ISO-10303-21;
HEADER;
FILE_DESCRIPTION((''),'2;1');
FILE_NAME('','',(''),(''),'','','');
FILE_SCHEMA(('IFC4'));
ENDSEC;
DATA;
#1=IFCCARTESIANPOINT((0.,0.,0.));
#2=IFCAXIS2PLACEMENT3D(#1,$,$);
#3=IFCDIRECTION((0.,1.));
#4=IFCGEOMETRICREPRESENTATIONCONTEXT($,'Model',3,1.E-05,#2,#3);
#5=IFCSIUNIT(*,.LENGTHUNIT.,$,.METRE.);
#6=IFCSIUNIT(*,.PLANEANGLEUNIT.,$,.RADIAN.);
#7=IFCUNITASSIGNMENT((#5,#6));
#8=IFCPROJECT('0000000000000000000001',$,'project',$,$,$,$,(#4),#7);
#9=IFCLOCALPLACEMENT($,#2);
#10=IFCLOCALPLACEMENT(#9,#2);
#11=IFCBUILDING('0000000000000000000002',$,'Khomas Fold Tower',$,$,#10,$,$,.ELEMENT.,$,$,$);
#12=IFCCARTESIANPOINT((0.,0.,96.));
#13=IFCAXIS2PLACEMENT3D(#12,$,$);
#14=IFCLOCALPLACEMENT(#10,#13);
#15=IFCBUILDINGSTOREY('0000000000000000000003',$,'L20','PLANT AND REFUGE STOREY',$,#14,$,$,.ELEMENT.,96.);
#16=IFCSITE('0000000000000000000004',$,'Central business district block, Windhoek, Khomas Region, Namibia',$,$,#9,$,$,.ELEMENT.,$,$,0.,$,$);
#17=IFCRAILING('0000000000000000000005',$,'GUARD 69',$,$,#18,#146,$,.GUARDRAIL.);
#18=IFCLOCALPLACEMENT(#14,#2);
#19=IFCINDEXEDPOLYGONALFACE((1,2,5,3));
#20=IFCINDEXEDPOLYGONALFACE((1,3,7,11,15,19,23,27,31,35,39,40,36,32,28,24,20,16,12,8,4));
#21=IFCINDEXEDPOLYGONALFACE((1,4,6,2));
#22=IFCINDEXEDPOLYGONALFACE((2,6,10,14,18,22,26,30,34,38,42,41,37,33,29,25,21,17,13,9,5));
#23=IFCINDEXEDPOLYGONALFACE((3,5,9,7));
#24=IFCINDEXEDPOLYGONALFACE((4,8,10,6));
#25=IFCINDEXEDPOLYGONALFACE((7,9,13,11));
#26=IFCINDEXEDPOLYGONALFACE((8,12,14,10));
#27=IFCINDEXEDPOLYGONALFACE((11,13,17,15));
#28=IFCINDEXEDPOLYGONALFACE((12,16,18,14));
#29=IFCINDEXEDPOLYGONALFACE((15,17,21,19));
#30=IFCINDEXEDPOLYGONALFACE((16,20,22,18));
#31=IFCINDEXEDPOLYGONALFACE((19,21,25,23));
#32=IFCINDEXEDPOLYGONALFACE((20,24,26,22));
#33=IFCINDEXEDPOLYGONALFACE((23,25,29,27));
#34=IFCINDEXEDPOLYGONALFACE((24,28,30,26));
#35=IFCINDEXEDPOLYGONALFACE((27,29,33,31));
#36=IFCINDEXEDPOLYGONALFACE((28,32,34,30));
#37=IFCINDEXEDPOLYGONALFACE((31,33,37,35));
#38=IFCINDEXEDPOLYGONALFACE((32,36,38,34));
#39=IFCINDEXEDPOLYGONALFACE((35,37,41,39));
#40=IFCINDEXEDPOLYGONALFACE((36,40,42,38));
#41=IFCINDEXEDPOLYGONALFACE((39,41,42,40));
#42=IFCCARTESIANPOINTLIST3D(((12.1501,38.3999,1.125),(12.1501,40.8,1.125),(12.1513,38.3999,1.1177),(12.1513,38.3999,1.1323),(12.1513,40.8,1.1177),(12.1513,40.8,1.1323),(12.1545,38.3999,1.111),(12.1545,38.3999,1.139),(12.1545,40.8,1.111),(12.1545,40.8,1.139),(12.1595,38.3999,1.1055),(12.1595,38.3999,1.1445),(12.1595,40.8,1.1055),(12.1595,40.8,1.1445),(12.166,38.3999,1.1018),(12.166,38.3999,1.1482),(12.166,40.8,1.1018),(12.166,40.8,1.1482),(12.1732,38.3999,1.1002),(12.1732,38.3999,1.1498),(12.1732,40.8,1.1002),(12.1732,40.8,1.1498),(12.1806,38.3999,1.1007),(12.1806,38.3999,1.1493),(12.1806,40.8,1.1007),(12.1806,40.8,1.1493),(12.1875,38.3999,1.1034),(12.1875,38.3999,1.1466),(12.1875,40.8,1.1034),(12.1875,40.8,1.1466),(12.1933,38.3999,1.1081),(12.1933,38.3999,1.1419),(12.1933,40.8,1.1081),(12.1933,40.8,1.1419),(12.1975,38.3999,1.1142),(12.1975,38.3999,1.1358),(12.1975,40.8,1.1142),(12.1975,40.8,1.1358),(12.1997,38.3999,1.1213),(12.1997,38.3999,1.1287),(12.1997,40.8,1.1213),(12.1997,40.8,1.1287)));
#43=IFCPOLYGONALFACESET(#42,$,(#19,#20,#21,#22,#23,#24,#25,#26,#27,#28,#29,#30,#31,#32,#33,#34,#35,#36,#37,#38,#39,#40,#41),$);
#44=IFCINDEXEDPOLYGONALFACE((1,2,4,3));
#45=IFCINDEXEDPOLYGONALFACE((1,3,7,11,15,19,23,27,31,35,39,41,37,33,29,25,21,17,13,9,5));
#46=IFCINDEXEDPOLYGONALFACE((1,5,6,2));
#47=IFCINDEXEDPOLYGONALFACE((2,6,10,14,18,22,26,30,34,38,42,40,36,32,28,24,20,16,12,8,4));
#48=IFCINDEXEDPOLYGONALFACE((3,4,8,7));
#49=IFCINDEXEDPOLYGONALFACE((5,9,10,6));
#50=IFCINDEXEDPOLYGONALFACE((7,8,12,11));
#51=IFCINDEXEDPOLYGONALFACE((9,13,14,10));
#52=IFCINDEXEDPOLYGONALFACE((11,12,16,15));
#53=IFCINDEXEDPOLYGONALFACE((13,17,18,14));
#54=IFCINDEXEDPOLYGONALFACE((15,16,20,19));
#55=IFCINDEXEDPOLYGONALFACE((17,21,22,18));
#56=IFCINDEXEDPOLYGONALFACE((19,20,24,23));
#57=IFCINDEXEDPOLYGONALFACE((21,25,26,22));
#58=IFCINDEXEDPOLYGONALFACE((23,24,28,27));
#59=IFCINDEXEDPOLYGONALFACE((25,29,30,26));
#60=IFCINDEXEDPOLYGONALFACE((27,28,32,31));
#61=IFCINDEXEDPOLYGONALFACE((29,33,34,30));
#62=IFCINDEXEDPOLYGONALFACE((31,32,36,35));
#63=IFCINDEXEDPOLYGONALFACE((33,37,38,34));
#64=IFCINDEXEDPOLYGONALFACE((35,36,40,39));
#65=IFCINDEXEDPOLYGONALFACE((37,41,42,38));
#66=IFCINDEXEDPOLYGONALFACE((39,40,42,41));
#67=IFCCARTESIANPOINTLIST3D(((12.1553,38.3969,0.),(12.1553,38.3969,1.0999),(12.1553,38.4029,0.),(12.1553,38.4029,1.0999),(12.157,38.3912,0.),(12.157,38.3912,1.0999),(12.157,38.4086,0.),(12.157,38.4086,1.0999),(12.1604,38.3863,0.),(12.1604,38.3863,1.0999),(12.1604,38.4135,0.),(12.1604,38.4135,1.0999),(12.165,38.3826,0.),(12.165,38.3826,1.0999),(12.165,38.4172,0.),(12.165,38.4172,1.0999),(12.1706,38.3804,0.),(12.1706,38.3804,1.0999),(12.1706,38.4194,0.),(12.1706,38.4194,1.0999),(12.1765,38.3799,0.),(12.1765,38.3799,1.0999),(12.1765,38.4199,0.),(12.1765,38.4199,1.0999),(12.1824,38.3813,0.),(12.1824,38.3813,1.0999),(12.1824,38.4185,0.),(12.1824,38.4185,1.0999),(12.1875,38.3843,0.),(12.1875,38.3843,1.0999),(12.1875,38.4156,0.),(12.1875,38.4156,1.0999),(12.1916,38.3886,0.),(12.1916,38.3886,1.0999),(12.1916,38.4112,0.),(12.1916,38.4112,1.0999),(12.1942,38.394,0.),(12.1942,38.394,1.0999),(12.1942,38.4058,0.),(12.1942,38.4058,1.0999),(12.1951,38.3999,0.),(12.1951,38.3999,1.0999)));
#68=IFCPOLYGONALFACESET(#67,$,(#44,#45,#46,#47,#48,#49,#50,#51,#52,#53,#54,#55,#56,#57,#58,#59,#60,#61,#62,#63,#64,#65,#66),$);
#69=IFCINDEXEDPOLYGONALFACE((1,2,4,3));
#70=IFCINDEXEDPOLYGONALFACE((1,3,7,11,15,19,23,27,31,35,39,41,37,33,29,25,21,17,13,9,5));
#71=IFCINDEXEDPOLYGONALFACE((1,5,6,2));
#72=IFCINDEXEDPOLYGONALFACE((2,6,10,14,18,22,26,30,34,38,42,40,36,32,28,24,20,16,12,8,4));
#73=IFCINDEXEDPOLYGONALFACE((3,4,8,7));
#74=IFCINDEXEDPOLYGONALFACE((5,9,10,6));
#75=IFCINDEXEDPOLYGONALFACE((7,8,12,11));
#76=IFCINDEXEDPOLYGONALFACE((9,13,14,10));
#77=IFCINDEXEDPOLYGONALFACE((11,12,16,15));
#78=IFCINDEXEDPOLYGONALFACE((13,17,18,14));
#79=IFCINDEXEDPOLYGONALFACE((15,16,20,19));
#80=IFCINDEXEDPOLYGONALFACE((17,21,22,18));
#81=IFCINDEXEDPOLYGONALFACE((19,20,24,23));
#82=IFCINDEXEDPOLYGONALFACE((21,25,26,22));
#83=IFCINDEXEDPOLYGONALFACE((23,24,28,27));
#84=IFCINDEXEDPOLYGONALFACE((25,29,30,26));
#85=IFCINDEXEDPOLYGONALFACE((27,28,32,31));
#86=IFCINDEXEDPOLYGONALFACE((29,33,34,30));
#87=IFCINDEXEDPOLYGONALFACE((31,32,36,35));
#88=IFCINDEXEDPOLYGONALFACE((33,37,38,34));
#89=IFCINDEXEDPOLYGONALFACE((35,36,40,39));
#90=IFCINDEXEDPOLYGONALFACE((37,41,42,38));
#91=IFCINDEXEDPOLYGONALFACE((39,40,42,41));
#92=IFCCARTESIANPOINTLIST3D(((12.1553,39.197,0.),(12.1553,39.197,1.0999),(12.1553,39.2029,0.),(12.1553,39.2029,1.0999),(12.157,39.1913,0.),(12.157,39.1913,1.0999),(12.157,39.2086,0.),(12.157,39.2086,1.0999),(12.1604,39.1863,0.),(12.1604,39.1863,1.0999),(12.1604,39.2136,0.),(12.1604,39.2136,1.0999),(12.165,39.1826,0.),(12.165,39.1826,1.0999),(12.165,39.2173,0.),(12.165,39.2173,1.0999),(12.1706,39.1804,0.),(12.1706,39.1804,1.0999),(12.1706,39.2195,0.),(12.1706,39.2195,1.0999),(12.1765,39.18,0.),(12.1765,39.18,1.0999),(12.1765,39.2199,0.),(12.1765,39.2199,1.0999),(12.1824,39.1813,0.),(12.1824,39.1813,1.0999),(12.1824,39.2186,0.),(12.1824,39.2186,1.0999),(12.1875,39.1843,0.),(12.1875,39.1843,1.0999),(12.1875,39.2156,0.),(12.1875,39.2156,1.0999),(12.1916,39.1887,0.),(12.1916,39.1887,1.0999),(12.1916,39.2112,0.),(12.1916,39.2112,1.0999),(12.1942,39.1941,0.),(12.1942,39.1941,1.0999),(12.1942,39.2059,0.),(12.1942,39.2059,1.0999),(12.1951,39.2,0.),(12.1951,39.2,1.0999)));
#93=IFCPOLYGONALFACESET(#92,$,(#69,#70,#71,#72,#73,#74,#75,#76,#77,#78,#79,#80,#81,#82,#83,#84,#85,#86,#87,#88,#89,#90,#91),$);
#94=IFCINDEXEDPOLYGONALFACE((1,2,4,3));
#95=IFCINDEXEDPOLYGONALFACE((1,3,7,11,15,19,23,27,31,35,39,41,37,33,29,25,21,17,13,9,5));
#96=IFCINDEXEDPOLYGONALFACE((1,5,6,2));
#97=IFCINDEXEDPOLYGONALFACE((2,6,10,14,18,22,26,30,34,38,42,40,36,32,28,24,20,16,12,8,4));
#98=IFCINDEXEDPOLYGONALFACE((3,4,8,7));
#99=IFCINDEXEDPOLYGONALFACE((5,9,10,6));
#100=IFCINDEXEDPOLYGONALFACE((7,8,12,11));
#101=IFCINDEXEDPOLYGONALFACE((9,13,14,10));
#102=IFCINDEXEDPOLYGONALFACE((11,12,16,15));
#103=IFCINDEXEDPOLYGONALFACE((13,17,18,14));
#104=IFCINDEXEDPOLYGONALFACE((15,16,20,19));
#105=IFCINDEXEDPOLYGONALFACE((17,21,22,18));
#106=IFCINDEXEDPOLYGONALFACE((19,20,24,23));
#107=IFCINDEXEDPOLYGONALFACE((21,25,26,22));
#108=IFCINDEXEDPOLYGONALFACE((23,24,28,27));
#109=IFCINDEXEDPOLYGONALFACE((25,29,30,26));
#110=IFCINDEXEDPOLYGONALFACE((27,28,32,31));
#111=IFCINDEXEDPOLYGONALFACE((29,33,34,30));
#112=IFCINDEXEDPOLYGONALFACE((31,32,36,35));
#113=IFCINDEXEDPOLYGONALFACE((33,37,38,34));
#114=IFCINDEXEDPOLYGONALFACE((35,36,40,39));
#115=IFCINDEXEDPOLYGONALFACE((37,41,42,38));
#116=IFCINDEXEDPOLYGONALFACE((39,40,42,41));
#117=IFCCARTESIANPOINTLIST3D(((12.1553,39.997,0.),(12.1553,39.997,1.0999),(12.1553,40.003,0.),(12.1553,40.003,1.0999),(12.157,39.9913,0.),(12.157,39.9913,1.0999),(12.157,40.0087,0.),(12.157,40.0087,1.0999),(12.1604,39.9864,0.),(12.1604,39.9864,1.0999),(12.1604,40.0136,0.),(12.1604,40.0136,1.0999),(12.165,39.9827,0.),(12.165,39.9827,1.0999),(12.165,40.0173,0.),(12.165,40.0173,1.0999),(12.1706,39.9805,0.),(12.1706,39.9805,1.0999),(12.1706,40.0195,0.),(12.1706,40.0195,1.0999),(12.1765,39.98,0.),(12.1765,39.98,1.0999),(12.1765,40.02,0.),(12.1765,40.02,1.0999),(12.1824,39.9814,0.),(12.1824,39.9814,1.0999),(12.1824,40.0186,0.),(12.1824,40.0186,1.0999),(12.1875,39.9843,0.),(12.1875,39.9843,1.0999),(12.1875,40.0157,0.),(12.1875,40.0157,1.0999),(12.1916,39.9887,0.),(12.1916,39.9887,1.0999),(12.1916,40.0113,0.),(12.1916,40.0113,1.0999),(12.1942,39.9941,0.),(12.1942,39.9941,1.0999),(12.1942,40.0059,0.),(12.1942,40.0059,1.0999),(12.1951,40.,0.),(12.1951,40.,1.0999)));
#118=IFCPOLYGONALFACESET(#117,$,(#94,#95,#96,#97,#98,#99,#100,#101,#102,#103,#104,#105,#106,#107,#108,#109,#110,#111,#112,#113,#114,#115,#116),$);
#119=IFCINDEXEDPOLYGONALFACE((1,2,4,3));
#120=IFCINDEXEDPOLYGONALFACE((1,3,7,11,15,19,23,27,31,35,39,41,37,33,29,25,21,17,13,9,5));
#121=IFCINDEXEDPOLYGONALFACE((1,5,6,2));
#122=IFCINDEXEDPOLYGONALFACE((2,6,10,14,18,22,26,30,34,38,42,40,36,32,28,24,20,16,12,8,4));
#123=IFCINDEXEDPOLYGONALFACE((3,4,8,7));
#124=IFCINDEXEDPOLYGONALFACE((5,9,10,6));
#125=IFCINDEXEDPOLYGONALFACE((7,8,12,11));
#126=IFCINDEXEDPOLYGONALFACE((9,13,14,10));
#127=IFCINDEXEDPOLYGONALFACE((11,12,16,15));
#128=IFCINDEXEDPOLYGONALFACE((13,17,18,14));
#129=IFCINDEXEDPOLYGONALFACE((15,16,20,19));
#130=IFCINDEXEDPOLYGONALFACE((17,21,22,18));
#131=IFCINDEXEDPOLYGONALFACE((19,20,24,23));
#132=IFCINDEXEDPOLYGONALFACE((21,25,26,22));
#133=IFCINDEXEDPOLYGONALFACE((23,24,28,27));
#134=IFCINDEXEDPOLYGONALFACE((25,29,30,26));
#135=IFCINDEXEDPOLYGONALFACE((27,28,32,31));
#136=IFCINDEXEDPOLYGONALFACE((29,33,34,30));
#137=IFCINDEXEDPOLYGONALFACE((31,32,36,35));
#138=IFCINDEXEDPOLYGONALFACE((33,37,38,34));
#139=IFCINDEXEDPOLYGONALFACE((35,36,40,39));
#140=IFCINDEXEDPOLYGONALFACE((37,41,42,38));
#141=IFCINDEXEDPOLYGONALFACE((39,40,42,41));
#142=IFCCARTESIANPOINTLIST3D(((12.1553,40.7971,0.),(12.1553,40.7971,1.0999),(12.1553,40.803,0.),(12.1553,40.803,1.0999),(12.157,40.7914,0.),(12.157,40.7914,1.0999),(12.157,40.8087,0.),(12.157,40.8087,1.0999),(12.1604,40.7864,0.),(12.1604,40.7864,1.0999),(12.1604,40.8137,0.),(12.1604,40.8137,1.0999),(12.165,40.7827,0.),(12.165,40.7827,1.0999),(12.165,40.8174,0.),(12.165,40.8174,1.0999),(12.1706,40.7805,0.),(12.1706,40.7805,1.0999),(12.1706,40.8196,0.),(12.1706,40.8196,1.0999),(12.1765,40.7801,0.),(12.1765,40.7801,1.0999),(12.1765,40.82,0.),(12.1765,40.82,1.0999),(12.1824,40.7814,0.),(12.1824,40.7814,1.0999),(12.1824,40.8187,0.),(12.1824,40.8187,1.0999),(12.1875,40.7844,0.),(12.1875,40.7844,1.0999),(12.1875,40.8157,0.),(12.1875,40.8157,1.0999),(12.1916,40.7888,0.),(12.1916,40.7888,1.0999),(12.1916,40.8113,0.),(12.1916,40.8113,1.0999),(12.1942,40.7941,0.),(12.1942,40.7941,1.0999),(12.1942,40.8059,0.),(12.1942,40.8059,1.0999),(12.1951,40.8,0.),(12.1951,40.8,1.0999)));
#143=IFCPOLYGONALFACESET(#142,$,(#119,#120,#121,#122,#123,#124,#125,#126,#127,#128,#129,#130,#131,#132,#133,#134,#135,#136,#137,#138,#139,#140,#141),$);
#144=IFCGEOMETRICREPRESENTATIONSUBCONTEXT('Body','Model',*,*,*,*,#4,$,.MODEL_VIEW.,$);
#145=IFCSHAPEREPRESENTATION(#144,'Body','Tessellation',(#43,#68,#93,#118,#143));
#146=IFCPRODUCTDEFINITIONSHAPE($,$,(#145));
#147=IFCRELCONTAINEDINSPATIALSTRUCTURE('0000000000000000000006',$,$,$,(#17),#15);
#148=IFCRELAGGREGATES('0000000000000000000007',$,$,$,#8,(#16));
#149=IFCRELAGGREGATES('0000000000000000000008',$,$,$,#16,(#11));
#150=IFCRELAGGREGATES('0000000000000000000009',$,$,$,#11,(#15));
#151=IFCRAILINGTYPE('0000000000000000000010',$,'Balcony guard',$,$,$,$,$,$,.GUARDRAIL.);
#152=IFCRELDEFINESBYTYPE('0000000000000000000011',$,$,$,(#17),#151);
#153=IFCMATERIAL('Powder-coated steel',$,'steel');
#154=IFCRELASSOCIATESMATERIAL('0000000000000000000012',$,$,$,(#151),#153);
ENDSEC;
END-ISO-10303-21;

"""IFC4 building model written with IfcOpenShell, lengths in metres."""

from ifc_helpers import new_model, si_unit, direction, frame, origin, origin_2d, place, context, subcontext, project, spatial, circle, extrude, source, transform, mapped, material, type_object, element, save


model = new_model("IFC4")

# Units and contexts
model_context = context("Model", 3, precision=1e-05, world=origin(), true_north=direction((0.0, 1.0)))
body_context = subcontext(model_context, "Body", "Model", "MODEL_VIEW")
ifc_project = project(units=[si_unit("LENGTHUNIT", "METRE"), si_unit("PLANEANGLEUNIT", "RADIAN")], contexts=[model_context])

# Site, building, storey
site_placement = place(None, origin())
site = spatial("IfcSite", under=ifc_project, at=site_placement, Name="Central business district block, Windhoek, Khomas Region, Namibia", CompositionType="ELEMENT", RefElevation=0.0)
building_placement = place(site_placement, origin())
building = spatial("IfcBuilding", under=site, at=building_placement, Name="Khomas Fold Tower", CompositionType="ELEMENT")
storey_placement = place(building_placement, frame((0.0, 0.0, 96.0)))
storey = spatial("IfcBuildingStorey", under=building, at=storey_placement, Name="L20", Description="PLANT AND REFUGE STOREY", CompositionType="ELEMENT", Elevation=96.0)

# Railing
ifc_material_1 = material(Name="Powder-coated steel", Category="steel")
railing_type_1 = type_object("IfcRailingType", Name="Balcony guard", PredefinedType="GUARDRAIL", material=ifc_material_1)
shared_shape_1 = source(origin(), body_context, "Body", "SweptSolid", [
    extrude(circle(Radius=0.0249, at=origin_2d()), frame((0.0, 0.0, 1.125), z_axis=(0.0, 1.0, 0.0), x_axis=(-1.0, 0.0, 0.0)), (0.0, 0.0, 1.0), 2.4001),
    extrude(circle(Radius=0.02, at=origin_2d()), origin(), (0.0, 0.0, 1.0), 1.0999),
    extrude(circle(Radius=0.02, at=origin_2d()), frame((0.0, 0.8, 0.0)), (0.0, 0.0, 1.0), 1.0999),
    extrude(circle(Radius=0.02, at=origin_2d()), frame((0.0, 1.6001, 0.0)), (0.0, 0.0, 1.0), 1.0999),
    extrude(circle(Radius=0.02, at=origin_2d()), frame((0.0, 2.4001, 0.0)), (0.0, 0.0, 1.0), 1.0999),
])
for number, where, name in (
    (1, (12.175, 38.3999, 0.0), "GUARD 69"),
):
    element("IfcRailing", number, at=place(storey_placement, frame(where)), inside=storey, type_object=railing_type_1, Name=name, PredefinedType="GUARDRAIL", context=body_context, shape_type="MappedRepresentation", body=[
        mapped(shared_shape_1, transform((0.0, 0.0, 0.0))),
    ])

save(model, "model.ifc")
